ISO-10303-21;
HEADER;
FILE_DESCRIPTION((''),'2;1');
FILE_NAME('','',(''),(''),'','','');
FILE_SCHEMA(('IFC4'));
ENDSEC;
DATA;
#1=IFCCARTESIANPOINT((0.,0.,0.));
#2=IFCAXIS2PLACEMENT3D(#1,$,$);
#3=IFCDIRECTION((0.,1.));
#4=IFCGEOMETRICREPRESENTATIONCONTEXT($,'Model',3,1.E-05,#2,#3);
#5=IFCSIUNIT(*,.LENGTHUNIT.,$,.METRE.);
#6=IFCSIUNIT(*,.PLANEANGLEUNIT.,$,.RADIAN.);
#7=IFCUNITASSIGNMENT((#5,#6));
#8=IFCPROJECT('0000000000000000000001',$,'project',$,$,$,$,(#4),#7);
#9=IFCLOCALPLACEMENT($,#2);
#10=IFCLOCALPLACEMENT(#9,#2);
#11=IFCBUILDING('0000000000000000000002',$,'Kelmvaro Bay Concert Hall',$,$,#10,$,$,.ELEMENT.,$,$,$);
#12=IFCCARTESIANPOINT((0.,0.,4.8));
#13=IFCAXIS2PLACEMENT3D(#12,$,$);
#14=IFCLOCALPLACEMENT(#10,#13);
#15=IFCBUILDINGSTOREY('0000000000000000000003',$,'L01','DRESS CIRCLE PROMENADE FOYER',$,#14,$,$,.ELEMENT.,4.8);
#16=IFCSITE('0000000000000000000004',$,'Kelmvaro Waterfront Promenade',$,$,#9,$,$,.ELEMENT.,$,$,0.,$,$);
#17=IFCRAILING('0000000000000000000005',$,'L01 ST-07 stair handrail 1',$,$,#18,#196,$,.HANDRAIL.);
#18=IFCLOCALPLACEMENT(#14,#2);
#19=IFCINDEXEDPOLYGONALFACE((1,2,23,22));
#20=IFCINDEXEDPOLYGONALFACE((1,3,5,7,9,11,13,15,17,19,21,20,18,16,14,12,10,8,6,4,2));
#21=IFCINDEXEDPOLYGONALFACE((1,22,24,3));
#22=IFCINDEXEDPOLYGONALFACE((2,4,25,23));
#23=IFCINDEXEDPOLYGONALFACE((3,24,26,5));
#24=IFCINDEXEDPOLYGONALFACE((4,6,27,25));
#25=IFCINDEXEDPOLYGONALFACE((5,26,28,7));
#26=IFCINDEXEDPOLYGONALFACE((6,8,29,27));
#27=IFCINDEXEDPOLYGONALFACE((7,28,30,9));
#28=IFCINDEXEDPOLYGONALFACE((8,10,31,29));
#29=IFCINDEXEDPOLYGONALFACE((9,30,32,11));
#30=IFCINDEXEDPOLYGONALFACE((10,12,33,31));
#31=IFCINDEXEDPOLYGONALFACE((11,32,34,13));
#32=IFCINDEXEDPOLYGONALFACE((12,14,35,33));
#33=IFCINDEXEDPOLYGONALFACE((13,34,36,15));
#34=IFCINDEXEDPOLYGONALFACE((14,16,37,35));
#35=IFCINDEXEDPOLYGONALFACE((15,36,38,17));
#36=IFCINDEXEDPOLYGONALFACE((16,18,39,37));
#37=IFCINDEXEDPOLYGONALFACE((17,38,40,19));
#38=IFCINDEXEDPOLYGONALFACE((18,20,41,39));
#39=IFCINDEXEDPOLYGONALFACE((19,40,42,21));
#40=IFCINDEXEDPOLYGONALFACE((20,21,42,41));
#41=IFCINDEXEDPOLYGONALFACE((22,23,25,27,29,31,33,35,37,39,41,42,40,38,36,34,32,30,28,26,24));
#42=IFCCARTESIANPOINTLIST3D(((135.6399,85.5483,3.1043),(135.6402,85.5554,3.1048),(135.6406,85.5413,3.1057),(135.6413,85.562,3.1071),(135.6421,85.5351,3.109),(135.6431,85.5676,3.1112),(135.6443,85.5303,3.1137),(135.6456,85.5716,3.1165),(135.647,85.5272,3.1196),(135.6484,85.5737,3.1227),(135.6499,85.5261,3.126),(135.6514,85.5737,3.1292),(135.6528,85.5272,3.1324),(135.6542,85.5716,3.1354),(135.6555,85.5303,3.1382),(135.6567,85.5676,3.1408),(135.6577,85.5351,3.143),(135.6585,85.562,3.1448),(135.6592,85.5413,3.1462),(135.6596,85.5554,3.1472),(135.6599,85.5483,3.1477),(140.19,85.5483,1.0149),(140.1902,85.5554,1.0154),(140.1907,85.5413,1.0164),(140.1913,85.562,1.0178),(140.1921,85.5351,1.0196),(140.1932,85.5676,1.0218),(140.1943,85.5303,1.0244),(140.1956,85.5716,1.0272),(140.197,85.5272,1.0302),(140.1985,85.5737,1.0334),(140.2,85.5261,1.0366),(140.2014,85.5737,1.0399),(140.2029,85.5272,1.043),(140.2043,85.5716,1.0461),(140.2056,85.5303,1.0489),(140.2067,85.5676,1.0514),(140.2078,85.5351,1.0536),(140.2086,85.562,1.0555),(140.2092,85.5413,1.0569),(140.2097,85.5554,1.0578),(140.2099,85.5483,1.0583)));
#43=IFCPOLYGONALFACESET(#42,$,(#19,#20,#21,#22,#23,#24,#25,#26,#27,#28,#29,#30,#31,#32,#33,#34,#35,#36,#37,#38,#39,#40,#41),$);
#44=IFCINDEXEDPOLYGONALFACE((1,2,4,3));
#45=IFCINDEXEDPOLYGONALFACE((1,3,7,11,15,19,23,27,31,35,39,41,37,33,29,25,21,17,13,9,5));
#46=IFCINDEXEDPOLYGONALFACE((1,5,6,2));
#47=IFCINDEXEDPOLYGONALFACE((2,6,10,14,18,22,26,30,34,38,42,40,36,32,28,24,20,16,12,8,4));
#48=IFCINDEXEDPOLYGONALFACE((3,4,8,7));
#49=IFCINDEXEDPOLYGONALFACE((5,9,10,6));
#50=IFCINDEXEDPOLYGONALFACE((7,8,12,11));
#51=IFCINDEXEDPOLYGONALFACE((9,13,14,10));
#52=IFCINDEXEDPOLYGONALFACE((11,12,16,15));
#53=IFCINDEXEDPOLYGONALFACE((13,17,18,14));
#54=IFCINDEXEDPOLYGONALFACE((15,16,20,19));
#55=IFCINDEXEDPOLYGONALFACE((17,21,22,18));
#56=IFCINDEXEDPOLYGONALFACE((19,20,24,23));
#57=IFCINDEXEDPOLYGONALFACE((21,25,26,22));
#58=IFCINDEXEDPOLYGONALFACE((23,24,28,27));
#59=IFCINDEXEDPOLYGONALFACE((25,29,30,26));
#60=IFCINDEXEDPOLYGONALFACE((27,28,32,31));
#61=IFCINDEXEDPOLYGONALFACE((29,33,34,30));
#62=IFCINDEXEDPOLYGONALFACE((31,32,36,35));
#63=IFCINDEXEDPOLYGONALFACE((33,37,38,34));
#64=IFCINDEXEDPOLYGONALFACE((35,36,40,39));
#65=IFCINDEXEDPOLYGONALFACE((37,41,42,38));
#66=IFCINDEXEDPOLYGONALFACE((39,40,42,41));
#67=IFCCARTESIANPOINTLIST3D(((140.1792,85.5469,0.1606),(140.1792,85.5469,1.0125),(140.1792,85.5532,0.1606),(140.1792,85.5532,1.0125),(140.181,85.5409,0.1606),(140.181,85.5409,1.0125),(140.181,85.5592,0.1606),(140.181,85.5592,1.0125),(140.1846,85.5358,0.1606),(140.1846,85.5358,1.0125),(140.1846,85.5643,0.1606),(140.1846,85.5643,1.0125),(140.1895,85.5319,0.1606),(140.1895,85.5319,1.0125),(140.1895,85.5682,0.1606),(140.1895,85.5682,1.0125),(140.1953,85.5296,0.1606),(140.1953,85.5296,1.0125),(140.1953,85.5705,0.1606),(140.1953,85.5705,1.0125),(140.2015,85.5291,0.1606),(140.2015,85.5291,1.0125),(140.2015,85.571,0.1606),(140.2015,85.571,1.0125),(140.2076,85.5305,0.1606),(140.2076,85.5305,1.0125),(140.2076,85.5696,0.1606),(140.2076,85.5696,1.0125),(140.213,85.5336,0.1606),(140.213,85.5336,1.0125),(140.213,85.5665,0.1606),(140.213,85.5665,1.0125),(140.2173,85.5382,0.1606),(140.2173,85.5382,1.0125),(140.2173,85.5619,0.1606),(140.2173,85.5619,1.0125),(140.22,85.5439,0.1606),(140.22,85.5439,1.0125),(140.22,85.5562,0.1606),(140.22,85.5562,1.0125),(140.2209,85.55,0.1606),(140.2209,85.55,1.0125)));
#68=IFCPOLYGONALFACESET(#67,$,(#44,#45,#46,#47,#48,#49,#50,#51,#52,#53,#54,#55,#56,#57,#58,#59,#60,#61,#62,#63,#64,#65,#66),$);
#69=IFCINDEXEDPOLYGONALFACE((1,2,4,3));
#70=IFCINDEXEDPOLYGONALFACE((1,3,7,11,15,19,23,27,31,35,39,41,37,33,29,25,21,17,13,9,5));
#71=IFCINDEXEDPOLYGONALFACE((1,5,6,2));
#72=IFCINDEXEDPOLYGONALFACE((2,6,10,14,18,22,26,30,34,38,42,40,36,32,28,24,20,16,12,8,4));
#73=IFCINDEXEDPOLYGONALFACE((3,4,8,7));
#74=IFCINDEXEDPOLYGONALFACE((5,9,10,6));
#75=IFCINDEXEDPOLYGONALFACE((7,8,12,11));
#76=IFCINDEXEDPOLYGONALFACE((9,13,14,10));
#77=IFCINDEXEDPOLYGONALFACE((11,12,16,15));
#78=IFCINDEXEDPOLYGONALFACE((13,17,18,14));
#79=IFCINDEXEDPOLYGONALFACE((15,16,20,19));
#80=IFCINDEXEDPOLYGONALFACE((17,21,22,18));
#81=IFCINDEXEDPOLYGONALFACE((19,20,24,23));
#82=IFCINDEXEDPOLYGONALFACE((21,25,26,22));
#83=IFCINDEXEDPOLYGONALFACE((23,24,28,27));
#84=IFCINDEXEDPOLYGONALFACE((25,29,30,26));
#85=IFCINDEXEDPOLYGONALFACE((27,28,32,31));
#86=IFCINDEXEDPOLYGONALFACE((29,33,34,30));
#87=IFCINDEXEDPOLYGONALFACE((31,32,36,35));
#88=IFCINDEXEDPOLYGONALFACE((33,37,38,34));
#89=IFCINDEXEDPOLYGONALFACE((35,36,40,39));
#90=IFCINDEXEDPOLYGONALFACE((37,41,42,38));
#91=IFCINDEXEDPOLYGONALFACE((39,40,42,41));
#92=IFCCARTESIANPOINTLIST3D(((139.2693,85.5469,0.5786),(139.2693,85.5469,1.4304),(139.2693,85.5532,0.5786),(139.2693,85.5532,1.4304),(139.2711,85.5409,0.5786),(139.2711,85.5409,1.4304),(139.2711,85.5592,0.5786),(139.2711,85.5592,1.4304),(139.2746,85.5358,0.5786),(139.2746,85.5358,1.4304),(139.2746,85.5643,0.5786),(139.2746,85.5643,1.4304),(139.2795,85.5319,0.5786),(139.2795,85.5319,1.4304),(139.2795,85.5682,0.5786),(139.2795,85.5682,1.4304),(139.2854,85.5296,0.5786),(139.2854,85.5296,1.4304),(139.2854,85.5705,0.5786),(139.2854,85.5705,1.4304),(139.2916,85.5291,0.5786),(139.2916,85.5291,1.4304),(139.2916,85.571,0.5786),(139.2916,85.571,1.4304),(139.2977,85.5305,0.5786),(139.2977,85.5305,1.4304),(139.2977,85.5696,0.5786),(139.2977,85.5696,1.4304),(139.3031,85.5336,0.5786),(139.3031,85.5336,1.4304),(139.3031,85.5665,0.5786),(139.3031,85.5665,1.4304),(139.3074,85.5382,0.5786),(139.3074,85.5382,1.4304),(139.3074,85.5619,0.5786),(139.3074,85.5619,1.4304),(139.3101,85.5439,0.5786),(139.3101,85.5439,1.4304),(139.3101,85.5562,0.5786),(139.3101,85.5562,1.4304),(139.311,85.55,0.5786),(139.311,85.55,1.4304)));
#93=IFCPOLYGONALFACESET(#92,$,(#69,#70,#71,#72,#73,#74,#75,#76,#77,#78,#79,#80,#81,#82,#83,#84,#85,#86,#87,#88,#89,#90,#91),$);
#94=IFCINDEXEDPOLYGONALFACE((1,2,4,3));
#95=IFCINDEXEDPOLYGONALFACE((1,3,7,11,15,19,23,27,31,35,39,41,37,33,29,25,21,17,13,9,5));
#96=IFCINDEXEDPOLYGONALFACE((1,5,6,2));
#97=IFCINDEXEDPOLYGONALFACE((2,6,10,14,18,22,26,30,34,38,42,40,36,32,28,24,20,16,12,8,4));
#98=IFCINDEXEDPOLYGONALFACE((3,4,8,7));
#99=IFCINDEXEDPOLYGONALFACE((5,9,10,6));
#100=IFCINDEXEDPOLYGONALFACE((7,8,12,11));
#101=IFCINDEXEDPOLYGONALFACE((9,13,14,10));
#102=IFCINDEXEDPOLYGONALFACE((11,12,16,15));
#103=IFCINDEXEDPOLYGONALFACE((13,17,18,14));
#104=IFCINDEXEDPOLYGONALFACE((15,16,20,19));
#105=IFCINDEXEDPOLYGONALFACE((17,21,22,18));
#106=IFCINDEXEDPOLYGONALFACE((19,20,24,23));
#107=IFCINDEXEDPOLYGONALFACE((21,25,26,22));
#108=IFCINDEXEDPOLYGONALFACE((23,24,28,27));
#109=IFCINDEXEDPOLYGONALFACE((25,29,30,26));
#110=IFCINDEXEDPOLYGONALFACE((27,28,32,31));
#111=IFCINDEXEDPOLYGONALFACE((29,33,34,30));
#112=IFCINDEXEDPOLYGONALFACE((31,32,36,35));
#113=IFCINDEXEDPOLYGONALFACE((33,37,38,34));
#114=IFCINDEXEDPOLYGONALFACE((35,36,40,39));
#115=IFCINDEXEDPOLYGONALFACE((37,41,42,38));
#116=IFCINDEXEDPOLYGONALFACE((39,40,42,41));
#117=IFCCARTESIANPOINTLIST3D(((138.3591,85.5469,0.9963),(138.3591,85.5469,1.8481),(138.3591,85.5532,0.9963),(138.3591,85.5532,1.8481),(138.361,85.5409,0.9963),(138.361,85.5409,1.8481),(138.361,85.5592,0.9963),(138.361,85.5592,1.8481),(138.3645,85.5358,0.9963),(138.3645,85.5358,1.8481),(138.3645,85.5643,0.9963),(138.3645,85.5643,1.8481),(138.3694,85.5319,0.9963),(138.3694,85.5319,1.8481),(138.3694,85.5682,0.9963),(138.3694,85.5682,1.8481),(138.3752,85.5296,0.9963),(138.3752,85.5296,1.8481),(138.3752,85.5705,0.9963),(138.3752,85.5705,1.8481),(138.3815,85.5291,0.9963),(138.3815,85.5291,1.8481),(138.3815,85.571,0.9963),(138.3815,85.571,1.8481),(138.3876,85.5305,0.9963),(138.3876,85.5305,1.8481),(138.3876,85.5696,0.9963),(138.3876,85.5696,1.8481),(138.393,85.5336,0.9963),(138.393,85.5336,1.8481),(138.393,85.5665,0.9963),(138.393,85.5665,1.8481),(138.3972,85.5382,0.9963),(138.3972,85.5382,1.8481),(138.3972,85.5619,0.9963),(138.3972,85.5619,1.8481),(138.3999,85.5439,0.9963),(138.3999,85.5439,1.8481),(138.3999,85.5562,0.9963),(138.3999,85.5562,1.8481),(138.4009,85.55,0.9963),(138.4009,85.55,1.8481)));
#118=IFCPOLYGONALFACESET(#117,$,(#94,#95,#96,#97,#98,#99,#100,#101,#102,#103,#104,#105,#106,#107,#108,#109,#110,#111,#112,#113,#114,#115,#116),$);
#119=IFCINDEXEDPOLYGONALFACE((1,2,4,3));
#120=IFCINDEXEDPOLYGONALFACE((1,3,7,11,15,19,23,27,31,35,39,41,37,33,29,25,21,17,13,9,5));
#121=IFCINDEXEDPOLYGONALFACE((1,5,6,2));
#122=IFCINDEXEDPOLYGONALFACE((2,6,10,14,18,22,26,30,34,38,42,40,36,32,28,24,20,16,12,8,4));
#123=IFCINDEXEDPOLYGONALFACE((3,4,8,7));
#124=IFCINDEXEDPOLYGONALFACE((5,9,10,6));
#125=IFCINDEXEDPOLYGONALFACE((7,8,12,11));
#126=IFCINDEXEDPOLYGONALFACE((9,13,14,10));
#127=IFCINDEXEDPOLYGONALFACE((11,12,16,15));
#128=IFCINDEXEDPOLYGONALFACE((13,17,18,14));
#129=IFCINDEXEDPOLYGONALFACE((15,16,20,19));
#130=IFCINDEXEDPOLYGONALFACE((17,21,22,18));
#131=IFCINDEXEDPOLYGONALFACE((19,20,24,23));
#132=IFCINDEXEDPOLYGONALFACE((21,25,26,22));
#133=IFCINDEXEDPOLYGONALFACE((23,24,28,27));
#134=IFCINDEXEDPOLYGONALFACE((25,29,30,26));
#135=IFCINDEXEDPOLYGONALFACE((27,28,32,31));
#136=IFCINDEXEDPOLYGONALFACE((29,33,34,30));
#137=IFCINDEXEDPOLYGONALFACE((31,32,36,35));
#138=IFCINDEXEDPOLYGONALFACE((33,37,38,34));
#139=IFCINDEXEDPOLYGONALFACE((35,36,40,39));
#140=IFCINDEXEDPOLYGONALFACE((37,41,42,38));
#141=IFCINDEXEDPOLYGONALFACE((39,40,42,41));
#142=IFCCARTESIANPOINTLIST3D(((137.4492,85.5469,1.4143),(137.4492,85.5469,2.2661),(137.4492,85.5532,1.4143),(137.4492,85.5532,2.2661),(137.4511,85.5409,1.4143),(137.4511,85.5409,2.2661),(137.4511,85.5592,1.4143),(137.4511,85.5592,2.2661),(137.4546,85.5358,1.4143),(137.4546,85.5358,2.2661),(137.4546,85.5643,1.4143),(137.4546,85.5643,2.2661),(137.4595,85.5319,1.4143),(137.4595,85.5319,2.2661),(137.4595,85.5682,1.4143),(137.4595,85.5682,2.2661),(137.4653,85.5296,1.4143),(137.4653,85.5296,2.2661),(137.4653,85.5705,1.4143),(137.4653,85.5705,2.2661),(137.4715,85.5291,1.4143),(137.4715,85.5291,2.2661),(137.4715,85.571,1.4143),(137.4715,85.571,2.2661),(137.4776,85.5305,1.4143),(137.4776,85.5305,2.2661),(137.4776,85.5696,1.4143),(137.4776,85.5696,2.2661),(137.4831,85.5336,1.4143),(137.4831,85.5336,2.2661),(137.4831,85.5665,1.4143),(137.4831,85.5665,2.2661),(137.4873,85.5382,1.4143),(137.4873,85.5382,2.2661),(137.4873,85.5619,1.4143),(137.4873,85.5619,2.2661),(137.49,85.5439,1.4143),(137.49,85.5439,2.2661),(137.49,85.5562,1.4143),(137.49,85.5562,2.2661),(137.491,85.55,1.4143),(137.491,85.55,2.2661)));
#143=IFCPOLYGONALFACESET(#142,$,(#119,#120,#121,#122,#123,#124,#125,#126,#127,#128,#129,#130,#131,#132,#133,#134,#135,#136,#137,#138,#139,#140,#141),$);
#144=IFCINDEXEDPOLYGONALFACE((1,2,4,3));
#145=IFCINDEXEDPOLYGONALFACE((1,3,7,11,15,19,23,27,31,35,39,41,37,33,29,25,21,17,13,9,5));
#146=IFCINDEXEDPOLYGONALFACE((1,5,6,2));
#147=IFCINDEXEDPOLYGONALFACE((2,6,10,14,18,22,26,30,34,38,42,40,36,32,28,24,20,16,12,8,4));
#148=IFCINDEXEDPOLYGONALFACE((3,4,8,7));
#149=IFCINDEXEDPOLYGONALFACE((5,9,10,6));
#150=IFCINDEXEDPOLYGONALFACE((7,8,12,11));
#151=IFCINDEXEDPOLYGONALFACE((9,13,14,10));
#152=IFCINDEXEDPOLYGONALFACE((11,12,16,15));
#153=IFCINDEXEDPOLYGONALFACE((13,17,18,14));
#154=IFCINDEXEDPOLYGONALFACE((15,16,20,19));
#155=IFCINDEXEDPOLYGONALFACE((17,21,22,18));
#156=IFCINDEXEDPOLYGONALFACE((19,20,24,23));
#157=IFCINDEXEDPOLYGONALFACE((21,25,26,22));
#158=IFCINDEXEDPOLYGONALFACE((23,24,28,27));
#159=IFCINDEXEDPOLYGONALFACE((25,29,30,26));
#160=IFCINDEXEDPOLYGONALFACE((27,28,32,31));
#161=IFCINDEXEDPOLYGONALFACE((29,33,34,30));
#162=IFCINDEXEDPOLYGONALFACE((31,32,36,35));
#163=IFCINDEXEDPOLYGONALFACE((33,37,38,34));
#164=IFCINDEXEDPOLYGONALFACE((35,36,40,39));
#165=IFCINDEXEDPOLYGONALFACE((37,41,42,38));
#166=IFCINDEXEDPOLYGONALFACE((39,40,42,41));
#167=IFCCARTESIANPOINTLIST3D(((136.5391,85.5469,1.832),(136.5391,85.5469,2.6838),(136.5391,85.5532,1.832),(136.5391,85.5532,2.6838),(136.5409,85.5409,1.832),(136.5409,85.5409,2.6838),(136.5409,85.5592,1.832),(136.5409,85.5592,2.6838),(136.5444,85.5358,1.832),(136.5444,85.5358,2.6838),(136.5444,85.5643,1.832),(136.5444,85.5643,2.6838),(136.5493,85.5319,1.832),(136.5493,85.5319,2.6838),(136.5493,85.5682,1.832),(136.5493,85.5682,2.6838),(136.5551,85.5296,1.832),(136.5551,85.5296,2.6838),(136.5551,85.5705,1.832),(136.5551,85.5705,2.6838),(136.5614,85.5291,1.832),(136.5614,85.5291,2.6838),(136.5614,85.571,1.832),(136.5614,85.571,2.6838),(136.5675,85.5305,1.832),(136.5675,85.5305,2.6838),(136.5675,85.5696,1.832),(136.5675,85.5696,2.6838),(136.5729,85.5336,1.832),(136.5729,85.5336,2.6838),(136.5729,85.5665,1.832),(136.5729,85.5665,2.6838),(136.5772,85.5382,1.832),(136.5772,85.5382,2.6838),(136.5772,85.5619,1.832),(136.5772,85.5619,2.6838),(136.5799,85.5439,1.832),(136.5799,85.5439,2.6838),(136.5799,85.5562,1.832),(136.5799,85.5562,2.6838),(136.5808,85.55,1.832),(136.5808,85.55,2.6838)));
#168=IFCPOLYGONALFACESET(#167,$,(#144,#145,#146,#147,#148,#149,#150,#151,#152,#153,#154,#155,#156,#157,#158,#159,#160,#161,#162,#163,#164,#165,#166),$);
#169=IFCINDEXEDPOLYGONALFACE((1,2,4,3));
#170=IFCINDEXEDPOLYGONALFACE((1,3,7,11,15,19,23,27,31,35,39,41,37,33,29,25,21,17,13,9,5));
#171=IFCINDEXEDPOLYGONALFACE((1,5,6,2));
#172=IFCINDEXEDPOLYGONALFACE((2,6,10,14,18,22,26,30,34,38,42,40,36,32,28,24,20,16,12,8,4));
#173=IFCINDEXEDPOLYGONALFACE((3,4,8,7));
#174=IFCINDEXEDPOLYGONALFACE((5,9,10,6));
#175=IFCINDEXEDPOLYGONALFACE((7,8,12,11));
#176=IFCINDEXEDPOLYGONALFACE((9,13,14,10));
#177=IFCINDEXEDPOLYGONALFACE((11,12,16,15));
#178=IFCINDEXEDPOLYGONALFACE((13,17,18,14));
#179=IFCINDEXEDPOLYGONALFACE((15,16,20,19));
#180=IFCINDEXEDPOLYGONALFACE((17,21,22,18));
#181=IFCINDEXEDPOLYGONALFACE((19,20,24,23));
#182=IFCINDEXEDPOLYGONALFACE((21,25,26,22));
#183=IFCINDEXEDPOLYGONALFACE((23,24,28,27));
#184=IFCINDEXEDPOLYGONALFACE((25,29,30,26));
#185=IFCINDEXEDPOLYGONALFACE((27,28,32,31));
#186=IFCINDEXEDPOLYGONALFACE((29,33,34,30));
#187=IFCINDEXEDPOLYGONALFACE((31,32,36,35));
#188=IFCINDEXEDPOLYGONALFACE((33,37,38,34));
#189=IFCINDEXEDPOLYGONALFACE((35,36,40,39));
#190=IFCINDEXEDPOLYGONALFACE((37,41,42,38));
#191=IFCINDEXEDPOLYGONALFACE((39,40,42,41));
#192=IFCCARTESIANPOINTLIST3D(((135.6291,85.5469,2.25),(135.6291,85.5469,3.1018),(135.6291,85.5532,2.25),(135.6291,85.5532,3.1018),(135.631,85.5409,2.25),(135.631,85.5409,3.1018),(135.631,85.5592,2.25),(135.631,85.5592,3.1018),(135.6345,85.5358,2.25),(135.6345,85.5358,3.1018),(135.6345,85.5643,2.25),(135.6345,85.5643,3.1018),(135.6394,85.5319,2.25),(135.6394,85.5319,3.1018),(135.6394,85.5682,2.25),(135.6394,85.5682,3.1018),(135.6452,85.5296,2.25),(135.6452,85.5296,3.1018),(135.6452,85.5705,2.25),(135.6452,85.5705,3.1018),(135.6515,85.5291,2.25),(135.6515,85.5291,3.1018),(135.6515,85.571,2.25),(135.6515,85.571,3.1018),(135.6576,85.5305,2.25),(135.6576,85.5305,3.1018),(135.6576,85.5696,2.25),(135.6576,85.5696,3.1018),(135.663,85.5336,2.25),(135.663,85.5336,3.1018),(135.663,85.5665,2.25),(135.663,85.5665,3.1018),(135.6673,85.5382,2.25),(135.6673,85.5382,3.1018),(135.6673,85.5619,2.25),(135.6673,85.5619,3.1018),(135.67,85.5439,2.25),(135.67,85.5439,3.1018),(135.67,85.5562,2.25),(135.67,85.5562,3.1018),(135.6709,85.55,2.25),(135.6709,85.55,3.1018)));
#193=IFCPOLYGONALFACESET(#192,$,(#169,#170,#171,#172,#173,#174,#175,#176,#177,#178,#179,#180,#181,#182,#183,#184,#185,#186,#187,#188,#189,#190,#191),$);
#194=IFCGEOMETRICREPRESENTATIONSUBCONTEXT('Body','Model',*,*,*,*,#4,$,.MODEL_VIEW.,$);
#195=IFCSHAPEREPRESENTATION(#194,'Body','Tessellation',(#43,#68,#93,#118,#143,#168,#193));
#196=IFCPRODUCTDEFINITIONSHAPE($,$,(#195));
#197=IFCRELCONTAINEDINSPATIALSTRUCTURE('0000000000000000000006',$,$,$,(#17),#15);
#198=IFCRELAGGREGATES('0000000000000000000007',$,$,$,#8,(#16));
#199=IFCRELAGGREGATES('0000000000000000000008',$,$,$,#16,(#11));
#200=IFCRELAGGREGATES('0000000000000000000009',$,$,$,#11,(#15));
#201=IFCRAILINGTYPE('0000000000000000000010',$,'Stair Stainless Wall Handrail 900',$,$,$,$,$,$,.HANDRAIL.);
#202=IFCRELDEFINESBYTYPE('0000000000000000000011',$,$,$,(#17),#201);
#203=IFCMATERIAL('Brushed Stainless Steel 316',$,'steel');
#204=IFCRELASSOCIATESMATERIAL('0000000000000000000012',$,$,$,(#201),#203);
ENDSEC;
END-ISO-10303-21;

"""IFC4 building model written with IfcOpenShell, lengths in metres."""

from ifc_helpers import new_model, si_unit, direction, frame, origin, origin_2d, place, context, subcontext, project, spatial, circle, extrude, material, type_object, element, save


model = new_model("IFC4")

# Units and contexts
model_context = context("Model", 3, precision=1e-05, world=origin(), true_north=direction((0.0, 1.0)))
body_context = subcontext(model_context, "Body", "Model", "MODEL_VIEW")
ifc_project = project(units=[si_unit("LENGTHUNIT", "METRE"), si_unit("PLANEANGLEUNIT", "RADIAN")], contexts=[model_context])

# Site, building, storey
site_placement = place(None, origin())
site = spatial("IfcSite", under=ifc_project, at=site_placement, Name="Kelmvaro Waterfront Promenade", CompositionType="ELEMENT", RefElevation=0.0)
building_placement = place(site_placement, origin())
building = spatial("IfcBuilding", under=site, at=building_placement, Name="Kelmvaro Bay Concert Hall", CompositionType="ELEMENT")
storey_placement = place(building_placement, frame((0.0, 0.0, 4.8)))
storey = spatial("IfcBuildingStorey", under=building, at=storey_placement, Name="L01", Description="DRESS CIRCLE PROMENADE FOYER", CompositionType="ELEMENT", Elevation=4.8)

# Railing
ifc_material_1 = material(Name="Brushed Stainless Steel 316", Category="steel")
railing_type_1 = type_object("IfcRailingType", Name="Stair Stainless Wall Handrail 900", PredefinedType="HANDRAIL", material=ifc_material_1)
railing_1_placement = place(storey_placement, frame((140.2, 85.55, 0.1606)))
element("IfcRailing", 1, at=railing_1_placement, inside=storey, type_object=railing_type_1, Name="L01 ST-07 stair handrail 1", PredefinedType="HANDRAIL", context=body_context, shape_type="SweptSolid", body=[
    extrude(circle(Radius=0.0239, at=origin_2d()), frame((0.0, 0.0, 0.876), z_axis=(-0.908768, 0.0, 0.417301), x_axis=(0.0, -1.0, 0.0)), (0.0, 0.0, 1.0), 5.0068),
    extrude(circle(Radius=0.021, at=origin_2d()), origin(), (0.0, 0.0, 1.0), 0.8518),
    extrude(circle(Radius=0.021, at=origin_2d()), frame((-0.9099, 0.0, 0.418)), (0.0, 0.0, 1.0), 0.8518),
    extrude(circle(Radius=0.021, at=origin_2d()), frame((-1.8201, 0.0, 0.8357)), (0.0, 0.0, 1.0), 0.8518),
    extrude(circle(Radius=0.021, at=origin_2d()), frame((-2.73, 0.0, 1.2537)), (0.0, 0.0, 1.0), 0.8518),
    extrude(circle(Radius=0.021, at=origin_2d()), frame((-3.6401, 0.0, 1.6714)), (0.0, 0.0, 1.0), 0.8518),
    extrude(circle(Radius=0.021, at=origin_2d()), frame((-4.55, 0.0, 2.0894)), (0.0, 0.0, 1.0), 0.8518),
])

save(model, "model.ifc")
